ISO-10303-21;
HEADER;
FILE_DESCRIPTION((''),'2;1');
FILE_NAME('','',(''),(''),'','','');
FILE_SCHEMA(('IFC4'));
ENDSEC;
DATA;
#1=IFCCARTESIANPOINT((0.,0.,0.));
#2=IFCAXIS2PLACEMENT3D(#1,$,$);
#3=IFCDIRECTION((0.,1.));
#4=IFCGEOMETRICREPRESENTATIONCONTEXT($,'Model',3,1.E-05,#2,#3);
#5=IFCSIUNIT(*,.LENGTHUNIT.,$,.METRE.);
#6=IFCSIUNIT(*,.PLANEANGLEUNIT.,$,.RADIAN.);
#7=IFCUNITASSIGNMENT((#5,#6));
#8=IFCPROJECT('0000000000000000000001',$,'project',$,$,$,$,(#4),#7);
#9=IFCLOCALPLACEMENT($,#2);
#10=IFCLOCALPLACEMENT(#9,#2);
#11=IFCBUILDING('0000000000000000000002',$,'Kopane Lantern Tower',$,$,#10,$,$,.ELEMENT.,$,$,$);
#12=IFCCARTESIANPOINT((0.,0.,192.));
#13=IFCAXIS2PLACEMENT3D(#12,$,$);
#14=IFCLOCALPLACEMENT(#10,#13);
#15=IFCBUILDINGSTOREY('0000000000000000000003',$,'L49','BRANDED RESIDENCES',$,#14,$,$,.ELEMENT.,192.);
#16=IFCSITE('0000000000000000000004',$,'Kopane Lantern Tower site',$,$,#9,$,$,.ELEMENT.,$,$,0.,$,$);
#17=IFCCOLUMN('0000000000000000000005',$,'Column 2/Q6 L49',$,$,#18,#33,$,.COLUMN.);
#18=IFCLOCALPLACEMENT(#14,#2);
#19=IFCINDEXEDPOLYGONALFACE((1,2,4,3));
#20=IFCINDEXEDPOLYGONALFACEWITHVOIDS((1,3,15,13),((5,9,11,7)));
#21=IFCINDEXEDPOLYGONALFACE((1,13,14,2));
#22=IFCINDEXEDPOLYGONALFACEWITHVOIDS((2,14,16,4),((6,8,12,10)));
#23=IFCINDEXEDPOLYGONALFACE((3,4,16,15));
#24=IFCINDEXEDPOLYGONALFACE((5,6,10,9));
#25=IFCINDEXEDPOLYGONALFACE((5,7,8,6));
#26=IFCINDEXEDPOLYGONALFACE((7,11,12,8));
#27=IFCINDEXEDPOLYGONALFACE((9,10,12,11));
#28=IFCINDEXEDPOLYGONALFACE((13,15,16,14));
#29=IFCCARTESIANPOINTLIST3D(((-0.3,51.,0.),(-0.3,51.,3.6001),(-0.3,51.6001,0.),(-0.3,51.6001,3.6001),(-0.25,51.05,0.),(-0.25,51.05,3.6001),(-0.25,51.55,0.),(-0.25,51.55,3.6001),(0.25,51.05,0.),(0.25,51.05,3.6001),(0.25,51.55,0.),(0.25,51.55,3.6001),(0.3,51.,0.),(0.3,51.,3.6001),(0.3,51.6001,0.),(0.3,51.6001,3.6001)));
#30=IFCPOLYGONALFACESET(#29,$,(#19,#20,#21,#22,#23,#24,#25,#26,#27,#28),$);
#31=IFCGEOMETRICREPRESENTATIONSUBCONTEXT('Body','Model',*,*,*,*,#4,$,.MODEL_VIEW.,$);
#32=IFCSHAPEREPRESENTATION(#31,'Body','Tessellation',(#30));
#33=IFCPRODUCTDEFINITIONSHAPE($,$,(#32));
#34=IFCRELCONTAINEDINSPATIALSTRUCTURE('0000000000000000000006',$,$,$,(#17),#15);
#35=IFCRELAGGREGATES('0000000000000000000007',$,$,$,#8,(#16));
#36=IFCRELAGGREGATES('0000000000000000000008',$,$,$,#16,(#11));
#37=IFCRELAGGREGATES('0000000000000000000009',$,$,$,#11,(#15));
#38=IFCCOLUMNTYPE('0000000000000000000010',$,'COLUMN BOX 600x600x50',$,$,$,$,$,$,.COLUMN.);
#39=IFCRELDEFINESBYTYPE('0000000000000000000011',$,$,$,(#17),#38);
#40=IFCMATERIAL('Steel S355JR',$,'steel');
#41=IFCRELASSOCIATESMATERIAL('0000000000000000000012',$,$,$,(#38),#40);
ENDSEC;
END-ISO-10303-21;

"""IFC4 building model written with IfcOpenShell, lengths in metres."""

from ifc_helpers import new_model, si_unit, direction, frame, origin, origin_2d, place, context, subcontext, project, spatial, hollow_rectangle, extrude, material, material_profile, profile_set, type_object, element, save


model = new_model("IFC4")

# Units and contexts
model_context = context("Model", 3, precision=1e-05, world=origin(), true_north=direction((0.0, 1.0)))
body_context = subcontext(model_context, "Body", "Model", "MODEL_VIEW")
ifc_project = project(units=[si_unit("LENGTHUNIT", "METRE"), si_unit("PLANEANGLEUNIT", "RADIAN")], contexts=[model_context])

# Site, building, storey
site_placement = place(None, origin())
site = spatial("IfcSite", under=ifc_project, at=site_placement, Name="Kopane Lantern Tower site", CompositionType="ELEMENT", RefElevation=0.0)
building_placement = place(site_placement, origin())
building = spatial("IfcBuilding", under=site, at=building_placement, Name="Kopane Lantern Tower", CompositionType="ELEMENT")
storey_placement = place(building_placement, frame((0.0, 0.0, 192.0)))
storey = spatial("IfcBuildingStorey", under=building, at=storey_placement, Name="L49", Description="BRANDED RESIDENCES", CompositionType="ELEMENT", Elevation=192.0)

# Column
ifc_material_1 = material(Name="Steel S355JR", Category="steel")
ifc_material_profile = material_profile(ifc_material_1, hollow_rectangle(XDim=0.6001, YDim=0.6001, WallThickness=0.05, at=origin_2d()), Name="BOX 600x600x50")
ifc_profile_set = profile_set([ifc_material_profile], Name="Steel S355JR")
column_type = type_object("IfcColumnType", Name="COLUMN BOX 600x600x50", PredefinedType="COLUMN", material=ifc_profile_set)
column_placement = place(storey_placement, frame((0.0, 51.3, 0.0), z_axis=(0.0, 0.0, 1.0), x_axis=(1.0, 0.0, 0.0)))
element("IfcColumn", 1, at=column_placement, inside=storey, type_object=column_type, Name="Column 2/Q6 L49", PredefinedType="COLUMN", context=body_context, shape_type="SweptSolid", body=[
    extrude(hollow_rectangle(XDim=0.6001, YDim=0.6001, WallThickness=0.05, at=origin_2d()), origin(), (0.0, 0.0, 1.0), 3.6001),
])

save(model, "model.ifc")
